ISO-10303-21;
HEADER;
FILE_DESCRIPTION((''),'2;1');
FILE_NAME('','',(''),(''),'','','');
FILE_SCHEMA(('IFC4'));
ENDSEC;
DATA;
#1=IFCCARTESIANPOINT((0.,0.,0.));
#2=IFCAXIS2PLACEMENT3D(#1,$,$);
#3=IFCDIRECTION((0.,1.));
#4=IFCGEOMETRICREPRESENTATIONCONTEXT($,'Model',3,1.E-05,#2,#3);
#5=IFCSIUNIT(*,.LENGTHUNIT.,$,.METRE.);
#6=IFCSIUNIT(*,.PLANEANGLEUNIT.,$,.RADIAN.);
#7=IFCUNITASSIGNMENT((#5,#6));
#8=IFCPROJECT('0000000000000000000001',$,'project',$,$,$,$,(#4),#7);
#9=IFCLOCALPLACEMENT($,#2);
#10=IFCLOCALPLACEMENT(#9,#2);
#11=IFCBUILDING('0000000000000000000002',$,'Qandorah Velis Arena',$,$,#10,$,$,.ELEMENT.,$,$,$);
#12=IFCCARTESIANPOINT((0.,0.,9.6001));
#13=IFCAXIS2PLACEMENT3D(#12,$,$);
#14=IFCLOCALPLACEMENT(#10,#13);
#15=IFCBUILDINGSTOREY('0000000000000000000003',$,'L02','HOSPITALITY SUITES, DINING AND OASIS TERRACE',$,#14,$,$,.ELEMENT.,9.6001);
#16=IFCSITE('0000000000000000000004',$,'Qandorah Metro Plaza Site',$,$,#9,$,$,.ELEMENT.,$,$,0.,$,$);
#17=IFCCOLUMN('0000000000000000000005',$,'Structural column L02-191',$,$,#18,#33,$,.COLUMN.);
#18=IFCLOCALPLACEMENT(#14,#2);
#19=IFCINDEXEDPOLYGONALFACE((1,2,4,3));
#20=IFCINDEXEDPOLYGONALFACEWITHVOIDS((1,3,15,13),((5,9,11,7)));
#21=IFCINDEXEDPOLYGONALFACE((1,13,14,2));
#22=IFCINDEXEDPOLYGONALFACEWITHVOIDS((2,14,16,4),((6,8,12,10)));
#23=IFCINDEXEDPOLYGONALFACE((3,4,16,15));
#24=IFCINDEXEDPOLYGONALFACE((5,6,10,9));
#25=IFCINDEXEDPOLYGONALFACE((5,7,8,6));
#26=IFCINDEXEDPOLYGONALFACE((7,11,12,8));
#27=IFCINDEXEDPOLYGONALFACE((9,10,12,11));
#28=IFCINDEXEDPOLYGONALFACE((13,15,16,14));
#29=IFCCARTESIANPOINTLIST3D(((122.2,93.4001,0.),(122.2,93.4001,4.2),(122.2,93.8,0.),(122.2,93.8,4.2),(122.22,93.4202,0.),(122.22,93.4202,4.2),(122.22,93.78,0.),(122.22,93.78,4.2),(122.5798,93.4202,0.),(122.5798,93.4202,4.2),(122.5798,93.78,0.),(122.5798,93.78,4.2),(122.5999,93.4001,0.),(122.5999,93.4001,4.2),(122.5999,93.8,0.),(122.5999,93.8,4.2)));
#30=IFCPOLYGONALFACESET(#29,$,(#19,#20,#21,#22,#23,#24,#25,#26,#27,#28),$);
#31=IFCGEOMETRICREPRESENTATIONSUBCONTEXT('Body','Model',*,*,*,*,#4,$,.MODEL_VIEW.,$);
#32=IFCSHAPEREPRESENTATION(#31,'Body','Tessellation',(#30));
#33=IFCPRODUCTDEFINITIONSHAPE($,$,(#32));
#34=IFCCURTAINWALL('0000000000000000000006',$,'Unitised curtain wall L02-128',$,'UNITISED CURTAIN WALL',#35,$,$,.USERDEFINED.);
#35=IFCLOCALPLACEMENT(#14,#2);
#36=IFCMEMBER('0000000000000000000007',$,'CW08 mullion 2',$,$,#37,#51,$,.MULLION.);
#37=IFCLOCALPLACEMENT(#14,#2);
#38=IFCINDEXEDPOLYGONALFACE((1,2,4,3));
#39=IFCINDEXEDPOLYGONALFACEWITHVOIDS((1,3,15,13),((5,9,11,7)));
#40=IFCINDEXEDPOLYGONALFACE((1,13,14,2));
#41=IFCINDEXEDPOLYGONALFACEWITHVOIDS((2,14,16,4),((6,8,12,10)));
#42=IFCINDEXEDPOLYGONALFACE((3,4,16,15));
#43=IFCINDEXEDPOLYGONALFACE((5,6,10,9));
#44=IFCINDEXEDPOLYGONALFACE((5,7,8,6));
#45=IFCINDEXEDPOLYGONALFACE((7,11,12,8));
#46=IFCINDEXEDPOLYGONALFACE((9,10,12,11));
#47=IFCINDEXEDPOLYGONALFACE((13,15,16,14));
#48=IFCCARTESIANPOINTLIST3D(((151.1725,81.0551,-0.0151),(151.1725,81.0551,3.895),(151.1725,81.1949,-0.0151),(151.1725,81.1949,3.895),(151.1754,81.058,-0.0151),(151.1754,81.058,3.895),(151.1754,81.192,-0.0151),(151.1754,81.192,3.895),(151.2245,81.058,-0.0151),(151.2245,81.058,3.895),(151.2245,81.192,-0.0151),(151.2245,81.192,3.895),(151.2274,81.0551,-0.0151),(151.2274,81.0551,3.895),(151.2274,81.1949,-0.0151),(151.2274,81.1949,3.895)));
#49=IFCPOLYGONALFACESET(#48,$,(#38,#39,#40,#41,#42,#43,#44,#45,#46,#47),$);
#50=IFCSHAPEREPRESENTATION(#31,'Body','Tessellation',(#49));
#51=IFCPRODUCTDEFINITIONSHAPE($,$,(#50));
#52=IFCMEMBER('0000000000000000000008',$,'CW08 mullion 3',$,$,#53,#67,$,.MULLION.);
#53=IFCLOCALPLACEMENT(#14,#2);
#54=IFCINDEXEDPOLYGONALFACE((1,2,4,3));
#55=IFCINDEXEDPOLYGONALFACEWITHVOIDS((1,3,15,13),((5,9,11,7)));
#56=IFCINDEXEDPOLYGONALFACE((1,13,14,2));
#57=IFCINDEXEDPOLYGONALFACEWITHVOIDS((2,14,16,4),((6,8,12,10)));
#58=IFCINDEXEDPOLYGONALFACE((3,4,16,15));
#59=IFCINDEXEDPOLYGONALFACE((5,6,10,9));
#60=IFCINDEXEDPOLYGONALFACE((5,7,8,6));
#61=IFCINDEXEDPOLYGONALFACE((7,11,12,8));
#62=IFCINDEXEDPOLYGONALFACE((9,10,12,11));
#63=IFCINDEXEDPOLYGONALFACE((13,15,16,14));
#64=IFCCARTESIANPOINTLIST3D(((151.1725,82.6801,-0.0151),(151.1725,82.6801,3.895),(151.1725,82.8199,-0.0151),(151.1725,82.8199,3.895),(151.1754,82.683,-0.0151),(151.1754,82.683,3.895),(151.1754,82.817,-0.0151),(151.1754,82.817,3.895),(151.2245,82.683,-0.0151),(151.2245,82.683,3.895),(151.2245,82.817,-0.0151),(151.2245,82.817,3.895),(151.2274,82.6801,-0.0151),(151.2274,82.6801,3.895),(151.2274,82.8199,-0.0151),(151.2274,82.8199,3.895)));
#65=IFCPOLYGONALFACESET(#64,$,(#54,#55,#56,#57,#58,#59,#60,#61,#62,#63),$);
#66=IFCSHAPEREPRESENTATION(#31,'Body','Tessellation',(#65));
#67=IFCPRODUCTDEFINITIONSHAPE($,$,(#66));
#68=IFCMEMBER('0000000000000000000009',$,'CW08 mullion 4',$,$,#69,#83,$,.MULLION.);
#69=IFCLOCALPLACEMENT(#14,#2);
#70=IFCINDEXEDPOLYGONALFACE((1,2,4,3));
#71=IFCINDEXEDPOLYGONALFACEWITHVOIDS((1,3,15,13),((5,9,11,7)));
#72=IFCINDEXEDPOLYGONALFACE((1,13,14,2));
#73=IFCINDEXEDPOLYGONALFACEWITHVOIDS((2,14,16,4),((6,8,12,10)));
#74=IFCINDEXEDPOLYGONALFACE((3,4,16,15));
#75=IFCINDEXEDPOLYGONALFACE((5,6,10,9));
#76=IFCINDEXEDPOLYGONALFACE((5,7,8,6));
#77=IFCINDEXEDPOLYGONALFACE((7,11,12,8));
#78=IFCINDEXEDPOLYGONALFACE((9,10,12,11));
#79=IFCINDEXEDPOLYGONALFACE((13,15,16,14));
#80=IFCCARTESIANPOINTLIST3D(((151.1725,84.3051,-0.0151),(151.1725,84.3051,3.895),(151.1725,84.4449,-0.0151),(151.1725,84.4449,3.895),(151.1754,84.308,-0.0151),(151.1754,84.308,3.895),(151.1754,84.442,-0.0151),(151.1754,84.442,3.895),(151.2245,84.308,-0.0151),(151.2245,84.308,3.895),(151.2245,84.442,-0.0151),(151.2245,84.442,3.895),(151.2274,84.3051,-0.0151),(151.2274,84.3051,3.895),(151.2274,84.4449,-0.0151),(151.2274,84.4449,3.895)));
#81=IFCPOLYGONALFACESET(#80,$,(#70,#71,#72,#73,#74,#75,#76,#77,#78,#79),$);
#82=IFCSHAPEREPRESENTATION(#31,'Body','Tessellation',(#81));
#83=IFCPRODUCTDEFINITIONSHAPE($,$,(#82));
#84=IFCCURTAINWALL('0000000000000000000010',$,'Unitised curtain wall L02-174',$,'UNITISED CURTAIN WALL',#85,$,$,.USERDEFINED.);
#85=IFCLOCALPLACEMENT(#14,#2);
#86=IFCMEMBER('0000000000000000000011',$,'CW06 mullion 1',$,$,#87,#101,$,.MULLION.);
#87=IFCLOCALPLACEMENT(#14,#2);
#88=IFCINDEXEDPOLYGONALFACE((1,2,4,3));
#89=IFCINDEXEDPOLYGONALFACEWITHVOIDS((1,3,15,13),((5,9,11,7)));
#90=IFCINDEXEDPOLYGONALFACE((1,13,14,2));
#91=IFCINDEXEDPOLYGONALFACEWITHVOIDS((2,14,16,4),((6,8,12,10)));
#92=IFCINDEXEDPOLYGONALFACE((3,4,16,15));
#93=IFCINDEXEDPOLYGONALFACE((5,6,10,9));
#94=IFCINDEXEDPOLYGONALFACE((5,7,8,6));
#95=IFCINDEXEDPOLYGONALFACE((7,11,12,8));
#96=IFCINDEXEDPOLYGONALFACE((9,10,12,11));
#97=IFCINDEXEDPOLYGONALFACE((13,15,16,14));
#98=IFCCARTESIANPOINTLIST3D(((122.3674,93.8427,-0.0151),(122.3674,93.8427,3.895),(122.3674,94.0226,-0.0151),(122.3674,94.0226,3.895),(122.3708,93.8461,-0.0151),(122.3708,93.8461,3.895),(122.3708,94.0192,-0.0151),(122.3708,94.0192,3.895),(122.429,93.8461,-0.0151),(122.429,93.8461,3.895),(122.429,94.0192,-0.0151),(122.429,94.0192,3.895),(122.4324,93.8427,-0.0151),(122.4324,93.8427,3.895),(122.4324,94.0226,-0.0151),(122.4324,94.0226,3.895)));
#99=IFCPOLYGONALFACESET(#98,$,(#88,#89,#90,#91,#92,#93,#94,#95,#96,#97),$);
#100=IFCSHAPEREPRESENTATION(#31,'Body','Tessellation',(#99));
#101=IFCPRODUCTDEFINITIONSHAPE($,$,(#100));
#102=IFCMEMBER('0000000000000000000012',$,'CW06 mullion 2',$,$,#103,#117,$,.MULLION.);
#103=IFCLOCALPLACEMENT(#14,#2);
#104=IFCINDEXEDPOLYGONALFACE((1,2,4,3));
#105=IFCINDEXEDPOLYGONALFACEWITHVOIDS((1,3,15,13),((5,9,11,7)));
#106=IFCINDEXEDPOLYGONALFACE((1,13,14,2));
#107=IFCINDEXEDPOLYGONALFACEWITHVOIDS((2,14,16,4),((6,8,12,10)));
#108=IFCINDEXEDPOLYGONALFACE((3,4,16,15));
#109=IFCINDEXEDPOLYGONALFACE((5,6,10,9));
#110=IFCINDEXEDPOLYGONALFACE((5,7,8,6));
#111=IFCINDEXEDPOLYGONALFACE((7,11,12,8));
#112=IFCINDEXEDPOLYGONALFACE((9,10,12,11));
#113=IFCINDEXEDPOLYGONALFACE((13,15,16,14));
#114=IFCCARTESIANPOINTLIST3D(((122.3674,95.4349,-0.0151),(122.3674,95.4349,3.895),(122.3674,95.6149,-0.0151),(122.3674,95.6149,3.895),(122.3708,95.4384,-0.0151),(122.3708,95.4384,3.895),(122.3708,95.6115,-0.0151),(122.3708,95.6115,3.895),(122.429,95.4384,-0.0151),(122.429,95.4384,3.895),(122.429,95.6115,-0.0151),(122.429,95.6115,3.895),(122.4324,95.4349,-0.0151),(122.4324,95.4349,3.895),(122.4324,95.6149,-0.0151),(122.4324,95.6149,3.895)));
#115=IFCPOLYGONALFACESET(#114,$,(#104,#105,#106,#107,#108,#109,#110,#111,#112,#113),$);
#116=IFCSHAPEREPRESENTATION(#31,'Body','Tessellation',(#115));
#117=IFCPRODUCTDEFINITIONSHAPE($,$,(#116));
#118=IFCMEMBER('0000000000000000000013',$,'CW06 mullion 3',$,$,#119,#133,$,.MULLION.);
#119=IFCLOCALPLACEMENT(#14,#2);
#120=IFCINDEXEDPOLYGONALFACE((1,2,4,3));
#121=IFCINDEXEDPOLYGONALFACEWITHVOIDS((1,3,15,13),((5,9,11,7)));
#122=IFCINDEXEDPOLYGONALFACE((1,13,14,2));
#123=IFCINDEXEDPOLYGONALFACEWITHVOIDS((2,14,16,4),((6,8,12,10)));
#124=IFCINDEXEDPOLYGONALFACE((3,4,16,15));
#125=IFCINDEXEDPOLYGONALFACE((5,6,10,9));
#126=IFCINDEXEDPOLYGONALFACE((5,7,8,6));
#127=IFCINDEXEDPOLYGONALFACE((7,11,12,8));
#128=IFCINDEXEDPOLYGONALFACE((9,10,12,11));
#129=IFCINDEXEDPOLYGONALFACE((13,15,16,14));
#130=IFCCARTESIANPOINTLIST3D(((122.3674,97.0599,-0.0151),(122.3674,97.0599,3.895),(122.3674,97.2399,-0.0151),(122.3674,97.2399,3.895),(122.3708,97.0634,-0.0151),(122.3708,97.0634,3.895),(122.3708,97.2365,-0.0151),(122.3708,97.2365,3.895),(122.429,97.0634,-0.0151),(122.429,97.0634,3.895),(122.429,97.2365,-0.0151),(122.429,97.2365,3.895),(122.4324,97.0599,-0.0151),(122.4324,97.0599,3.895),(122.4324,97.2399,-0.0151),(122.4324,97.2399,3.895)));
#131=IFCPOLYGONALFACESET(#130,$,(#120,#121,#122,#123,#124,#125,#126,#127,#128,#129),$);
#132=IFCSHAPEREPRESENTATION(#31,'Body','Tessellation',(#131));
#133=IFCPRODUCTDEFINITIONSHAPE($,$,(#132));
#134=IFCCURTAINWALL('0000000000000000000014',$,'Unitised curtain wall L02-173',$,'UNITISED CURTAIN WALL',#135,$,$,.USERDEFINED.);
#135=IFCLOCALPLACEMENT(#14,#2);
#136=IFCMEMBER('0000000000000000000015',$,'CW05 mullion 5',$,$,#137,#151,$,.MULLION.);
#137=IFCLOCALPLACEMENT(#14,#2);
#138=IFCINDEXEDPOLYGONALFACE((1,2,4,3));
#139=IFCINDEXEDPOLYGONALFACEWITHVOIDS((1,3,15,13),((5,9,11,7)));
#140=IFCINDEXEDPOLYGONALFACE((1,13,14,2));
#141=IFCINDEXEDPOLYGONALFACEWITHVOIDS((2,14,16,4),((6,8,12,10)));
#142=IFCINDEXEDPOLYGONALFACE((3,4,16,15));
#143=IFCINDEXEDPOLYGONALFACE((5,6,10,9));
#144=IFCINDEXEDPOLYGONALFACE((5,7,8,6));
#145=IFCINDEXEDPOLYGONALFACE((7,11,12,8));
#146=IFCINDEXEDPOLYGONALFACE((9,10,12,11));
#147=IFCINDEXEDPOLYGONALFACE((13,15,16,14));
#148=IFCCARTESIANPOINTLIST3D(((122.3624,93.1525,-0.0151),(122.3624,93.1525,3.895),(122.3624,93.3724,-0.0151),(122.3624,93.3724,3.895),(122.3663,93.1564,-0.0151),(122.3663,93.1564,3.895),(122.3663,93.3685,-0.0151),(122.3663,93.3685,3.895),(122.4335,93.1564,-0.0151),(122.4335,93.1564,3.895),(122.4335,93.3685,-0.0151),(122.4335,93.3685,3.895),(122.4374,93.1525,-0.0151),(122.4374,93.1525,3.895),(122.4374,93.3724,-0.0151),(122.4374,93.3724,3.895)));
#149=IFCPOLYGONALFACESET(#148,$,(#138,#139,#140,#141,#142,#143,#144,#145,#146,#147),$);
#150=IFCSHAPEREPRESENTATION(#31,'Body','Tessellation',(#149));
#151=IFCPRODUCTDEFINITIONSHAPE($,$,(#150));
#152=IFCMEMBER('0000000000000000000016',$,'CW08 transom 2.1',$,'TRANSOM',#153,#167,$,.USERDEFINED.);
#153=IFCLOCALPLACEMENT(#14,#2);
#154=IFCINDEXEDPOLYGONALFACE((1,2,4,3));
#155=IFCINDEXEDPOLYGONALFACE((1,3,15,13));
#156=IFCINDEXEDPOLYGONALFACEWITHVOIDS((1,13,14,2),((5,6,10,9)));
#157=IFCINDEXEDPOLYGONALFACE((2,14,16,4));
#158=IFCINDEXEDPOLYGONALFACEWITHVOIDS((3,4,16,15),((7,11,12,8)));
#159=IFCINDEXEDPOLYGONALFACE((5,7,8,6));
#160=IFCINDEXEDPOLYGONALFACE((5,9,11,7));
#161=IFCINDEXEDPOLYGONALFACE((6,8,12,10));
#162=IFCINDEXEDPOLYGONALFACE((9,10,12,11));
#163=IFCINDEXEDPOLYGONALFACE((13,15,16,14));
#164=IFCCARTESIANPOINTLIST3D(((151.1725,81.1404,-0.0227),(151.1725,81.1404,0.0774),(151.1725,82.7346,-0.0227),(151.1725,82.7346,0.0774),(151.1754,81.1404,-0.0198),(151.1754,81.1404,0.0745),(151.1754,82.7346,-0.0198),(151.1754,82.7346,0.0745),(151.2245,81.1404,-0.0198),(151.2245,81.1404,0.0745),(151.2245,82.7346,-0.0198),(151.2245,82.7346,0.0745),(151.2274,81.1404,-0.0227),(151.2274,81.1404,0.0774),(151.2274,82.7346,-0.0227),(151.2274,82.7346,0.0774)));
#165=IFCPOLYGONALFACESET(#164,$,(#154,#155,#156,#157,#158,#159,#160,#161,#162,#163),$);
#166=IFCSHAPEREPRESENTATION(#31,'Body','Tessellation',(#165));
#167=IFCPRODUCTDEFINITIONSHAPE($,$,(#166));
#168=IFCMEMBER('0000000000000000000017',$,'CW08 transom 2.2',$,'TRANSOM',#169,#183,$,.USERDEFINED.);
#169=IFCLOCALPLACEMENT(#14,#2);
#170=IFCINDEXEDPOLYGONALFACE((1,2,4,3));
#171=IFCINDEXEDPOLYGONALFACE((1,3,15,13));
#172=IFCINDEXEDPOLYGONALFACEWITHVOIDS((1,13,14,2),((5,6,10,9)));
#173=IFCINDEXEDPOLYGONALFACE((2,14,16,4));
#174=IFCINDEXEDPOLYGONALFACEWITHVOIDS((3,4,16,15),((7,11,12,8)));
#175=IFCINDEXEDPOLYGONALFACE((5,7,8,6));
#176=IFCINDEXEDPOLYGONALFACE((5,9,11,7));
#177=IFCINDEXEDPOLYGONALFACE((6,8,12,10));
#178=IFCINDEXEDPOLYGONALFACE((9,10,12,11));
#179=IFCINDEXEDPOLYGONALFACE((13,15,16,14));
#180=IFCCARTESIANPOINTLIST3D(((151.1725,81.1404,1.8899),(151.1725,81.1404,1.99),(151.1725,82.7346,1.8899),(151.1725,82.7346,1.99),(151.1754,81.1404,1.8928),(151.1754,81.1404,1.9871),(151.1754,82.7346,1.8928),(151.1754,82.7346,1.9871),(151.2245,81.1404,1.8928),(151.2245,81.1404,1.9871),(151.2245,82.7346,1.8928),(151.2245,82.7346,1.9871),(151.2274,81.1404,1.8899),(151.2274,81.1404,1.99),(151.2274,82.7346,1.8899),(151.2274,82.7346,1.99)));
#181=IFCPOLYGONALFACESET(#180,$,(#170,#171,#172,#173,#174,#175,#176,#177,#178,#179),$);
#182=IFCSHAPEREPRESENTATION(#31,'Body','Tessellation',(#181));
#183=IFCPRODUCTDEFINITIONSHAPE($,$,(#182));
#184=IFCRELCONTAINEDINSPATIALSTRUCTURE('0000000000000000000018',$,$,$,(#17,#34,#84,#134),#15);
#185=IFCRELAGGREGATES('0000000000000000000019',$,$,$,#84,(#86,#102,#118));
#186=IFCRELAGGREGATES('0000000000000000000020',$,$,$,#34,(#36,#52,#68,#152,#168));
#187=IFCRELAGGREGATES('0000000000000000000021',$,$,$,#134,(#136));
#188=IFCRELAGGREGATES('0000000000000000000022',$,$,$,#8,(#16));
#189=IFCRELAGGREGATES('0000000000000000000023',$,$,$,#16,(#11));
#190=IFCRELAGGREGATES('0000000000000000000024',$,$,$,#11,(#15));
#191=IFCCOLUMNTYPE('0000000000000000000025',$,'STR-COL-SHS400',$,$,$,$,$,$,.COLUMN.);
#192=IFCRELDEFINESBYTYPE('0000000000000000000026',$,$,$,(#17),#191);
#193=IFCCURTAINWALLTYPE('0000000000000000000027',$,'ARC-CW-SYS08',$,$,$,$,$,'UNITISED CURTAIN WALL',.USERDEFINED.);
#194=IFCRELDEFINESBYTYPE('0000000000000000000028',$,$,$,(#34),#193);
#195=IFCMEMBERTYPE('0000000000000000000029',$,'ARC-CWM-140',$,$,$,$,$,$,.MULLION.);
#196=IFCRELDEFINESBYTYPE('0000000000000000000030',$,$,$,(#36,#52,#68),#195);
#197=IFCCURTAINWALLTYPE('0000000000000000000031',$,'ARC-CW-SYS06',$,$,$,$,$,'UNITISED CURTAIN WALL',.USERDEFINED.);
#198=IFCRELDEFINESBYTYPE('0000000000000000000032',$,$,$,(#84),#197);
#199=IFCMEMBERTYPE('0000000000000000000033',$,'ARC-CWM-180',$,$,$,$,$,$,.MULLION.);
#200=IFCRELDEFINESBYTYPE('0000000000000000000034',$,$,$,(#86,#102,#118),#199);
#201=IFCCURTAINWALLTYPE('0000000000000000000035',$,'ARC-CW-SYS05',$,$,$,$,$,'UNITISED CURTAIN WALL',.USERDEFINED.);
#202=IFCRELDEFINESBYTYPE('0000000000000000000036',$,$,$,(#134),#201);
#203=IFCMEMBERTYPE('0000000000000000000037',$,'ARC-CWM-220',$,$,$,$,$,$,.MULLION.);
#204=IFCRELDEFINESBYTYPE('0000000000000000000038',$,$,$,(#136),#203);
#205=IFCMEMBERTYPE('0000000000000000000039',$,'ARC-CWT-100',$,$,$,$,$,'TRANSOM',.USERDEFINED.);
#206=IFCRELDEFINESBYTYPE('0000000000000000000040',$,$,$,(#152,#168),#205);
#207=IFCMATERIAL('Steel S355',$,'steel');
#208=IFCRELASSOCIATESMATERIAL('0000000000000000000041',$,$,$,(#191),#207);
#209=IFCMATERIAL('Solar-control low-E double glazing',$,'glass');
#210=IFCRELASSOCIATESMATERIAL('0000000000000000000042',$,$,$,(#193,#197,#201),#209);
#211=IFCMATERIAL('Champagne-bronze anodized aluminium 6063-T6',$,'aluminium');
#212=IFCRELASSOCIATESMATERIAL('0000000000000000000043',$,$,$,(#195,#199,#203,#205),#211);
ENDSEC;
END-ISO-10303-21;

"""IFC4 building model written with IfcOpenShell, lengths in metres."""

from ifc_helpers import new_model, si_unit, direction, frame, origin, origin_2d, place, context, subcontext, project, spatial, hollow_rectangle, extrude, material, material_profile, profile_set, type_object, element, aggregate, save


model = new_model("IFC4")

# Units and contexts
model_context = context("Model", 3, precision=1e-05, world=origin(), true_north=direction((0.0, 1.0)))
body_context = subcontext(model_context, "Body", "Model", "MODEL_VIEW")
ifc_project = project(units=[si_unit("LENGTHUNIT", "METRE"), si_unit("PLANEANGLEUNIT", "RADIAN")], contexts=[model_context])

# Site, building, storey
site_placement = place(None, origin())
site = spatial("IfcSite", under=ifc_project, at=site_placement, Name="Qandorah Metro Plaza Site", CompositionType="ELEMENT", RefElevation=0.0)
building_placement = place(site_placement, origin())
building = spatial("IfcBuilding", under=site, at=building_placement, Name="Qandorah Velis Arena", CompositionType="ELEMENT")
storey_placement = place(building_placement, frame((0.0, 0.0, 9.6001)))
storey = spatial("IfcBuildingStorey", under=building, at=storey_placement, Name="L02", Description="HOSPITALITY SUITES, DINING AND OASIS TERRACE", CompositionType="ELEMENT", Elevation=9.6001)

# Column
ifc_material_1 = material(Name="Steel S355", Category="steel")
ifc_material_profile_1 = material_profile(ifc_material_1, hollow_rectangle(XDim=0.3999, YDim=0.3999, WallThickness=0.02, at=origin_2d()), Name="SHS 400x400x20")
ifc_profile_set_1 = profile_set([ifc_material_profile_1], Name="Steel S355")
column_type = type_object("IfcColumnType", Name="STR-COL-SHS400", PredefinedType="COLUMN", material=ifc_profile_set_1)
column_placement = place(storey_placement, frame((122.3999, 93.6001, 0.0), z_axis=(0.0, 0.0, 1.0), x_axis=(1.0, 0.0, 0.0)))
element("IfcColumn", 1, at=column_placement, inside=storey, type_object=column_type, Name="Structural column L02-191", PredefinedType="COLUMN", context=body_context, shape_type="SweptSolid", body=[
    extrude(hollow_rectangle(XDim=0.3999, YDim=0.3999, WallThickness=0.02, at=origin_2d()), origin(), (0.0, 0.0, 1.0), 4.2),
])

# Curtain walls, members
ifc_material_2 = material(Name="Solar-control low-E double glazing", Category="glass")
curtain_wall_type_1 = type_object("IfcCurtainWallType", Name="ARC-CW-SYS08", ElementType="UNITISED CURTAIN WALL", PredefinedType="USERDEFINED", material=ifc_material_2)
curtain_wall_1_placement = place(storey_placement, origin())
curtain_wall_1 = element("IfcCurtainWall", 2, at=curtain_wall_1_placement, inside=storey, type_object=curtain_wall_type_1, Name="Unitised curtain wall L02-128", ObjectType="UNITISED CURTAIN WALL", PredefinedType="USERDEFINED")
ifc_material_3 = material(Name="Champagne-bronze anodized aluminium 6063-T6", Category="aluminium")
ifc_material_profile_2 = material_profile(ifc_material_3, hollow_rectangle(XDim=0.0549, YDim=0.1399, WallThickness=0.0029, at=origin_2d()), Name="ALU MULLION 55x140")
ifc_profile_set_2 = profile_set([ifc_material_profile_2], Name="Champagne-bronze anodized aluminium 6063-T6")
member_type_1 = type_object("IfcMemberType", Name="ARC-CWM-140", PredefinedType="MULLION", material=ifc_profile_set_2)
member_1_placement = place(storey_placement, frame((151.2, 81.125, -0.0151), z_axis=(0.0, 0.0, 1.0), x_axis=(-1.0, 0.0, 0.0)))
member_1 = element("IfcMember", 3, at=member_1_placement, type_object=member_type_1, Name="CW08 mullion 2", PredefinedType="MULLION", context=body_context, shape_type="SweptSolid", body=[
    extrude(hollow_rectangle(XDim=0.0549, YDim=0.1399, WallThickness=0.0029, at=origin_2d()), origin(), (0.0, 0.0, 1.0), 3.9102),
])
member_2_placement = place(storey_placement, frame((151.2, 82.75, -0.0151), z_axis=(0.0, 0.0, 1.0), x_axis=(-1.0, 0.0, 0.0)))
member_2 = element("IfcMember", 4, at=member_2_placement, type_object=member_type_1, Name="CW08 mullion 3", PredefinedType="MULLION", context=body_context, shape_type="SweptSolid", body=[
    extrude(hollow_rectangle(XDim=0.0549, YDim=0.1399, WallThickness=0.0029, at=origin_2d()), origin(), (0.0, 0.0, 1.0), 3.9102),
])
member_3_placement = place(storey_placement, frame((151.2, 84.375, -0.0151), z_axis=(0.0, 0.0, 1.0), x_axis=(-1.0, 0.0, 0.0)))
member_3 = element("IfcMember", 5, at=member_3_placement, type_object=member_type_1, Name="CW08 mullion 4", PredefinedType="MULLION", context=body_context, shape_type="SweptSolid", body=[
    extrude(hollow_rectangle(XDim=0.0549, YDim=0.1399, WallThickness=0.0029, at=origin_2d()), origin(), (0.0, 0.0, 1.0), 3.9102),
])
curtain_wall_type_2 = type_object("IfcCurtainWallType", Name="ARC-CW-SYS06", ElementType="UNITISED CURTAIN WALL", PredefinedType="USERDEFINED", material=ifc_material_2)
curtain_wall_2_placement = place(storey_placement, origin())
curtain_wall_2 = element("IfcCurtainWall", 6, at=curtain_wall_2_placement, inside=storey, type_object=curtain_wall_type_2, Name="Unitised curtain wall L02-174", ObjectType="UNITISED CURTAIN WALL", PredefinedType="USERDEFINED")
ifc_material_profile_3 = material_profile(ifc_material_3, hollow_rectangle(XDim=0.0649, YDim=0.1799, WallThickness=0.0034, at=origin_2d()), Name="ALU MULLION 65x180")
ifc_profile_set_3 = profile_set([ifc_material_profile_3], Name="Champagne-bronze anodized aluminium 6063-T6")
member_type_2 = type_object("IfcMemberType", Name="ARC-CWM-180", PredefinedType="MULLION", material=ifc_profile_set_3)
member_4_placement = place(storey_placement, frame((122.3999, 93.9326, -0.0151), z_axis=(0.0, 0.0, 1.0), x_axis=(-1.0, 0.0, 0.0)))
member_4 = element("IfcMember", 7, at=member_4_placement, type_object=member_type_2, Name="CW06 mullion 1", PredefinedType="MULLION", context=body_context, shape_type="SweptSolid", body=[
    extrude(hollow_rectangle(XDim=0.0649, YDim=0.1799, WallThickness=0.0034, at=origin_2d()), origin(), (0.0, 0.0, 1.0), 3.9102),
])
member_5_placement = place(storey_placement, frame((122.3999, 95.5249, -0.0151), z_axis=(0.0, 0.0, 1.0), x_axis=(-1.0, 0.0, 0.0)))
member_5 = element("IfcMember", 8, at=member_5_placement, type_object=member_type_2, Name="CW06 mullion 2", PredefinedType="MULLION", context=body_context, shape_type="SweptSolid", body=[
    extrude(hollow_rectangle(XDim=0.0649, YDim=0.1799, WallThickness=0.0034, at=origin_2d()), origin(), (0.0, 0.0, 1.0), 3.9102),
])
member_6_placement = place(storey_placement, frame((122.3999, 97.1499, -0.0151), z_axis=(0.0, 0.0, 1.0), x_axis=(-1.0, 0.0, 0.0)))
member_6 = element("IfcMember", 9, at=member_6_placement, type_object=member_type_2, Name="CW06 mullion 3", PredefinedType="MULLION", context=body_context, shape_type="SweptSolid", body=[
    extrude(hollow_rectangle(XDim=0.0649, YDim=0.1799, WallThickness=0.0034, at=origin_2d()), origin(), (0.0, 0.0, 1.0), 3.9102),
])

# Curtain wall, member
curtain_wall_type_3 = type_object("IfcCurtainWallType", Name="ARC-CW-SYS05", ElementType="UNITISED CURTAIN WALL", PredefinedType="USERDEFINED", material=ifc_material_2)
curtain_wall_3_placement = place(storey_placement, origin())
curtain_wall_3 = element("IfcCurtainWall", 10, at=curtain_wall_3_placement, inside=storey, type_object=curtain_wall_type_3, Name="Unitised curtain wall L02-173", ObjectType="UNITISED CURTAIN WALL", PredefinedType="USERDEFINED")
ifc_material_profile_4 = material_profile(ifc_material_3, hollow_rectangle(XDim=0.075, YDim=0.22, WallThickness=0.0039, at=origin_2d()), Name="ALU MULLION 75x220")
ifc_profile_set_4 = profile_set([ifc_material_profile_4], Name="Champagne-bronze anodized aluminium 6063-T6")
member_type_3 = type_object("IfcMemberType", Name="ARC-CWM-220", PredefinedType="MULLION", material=ifc_profile_set_4)
member_7_placement = place(storey_placement, frame((122.3999, 93.2625, -0.0151), z_axis=(0.0, 0.0, 1.0), x_axis=(-1.0, 0.0, 0.0)))
member_7 = element("IfcMember", 11, at=member_7_placement, type_object=member_type_3, Name="CW05 mullion 5", PredefinedType="MULLION", context=body_context, shape_type="SweptSolid", body=[
    extrude(hollow_rectangle(XDim=0.075, YDim=0.22, WallThickness=0.0039, at=origin_2d()), origin(), (0.0, 0.0, 1.0), 3.9102),
])

# Members
ifc_material_profile_5 = material_profile(ifc_material_3, hollow_rectangle(XDim=0.0549, YDim=0.1001, WallThickness=0.0029, at=origin_2d()), Name="ALU TRANSOM 55x100")
ifc_profile_set_5 = profile_set([ifc_material_profile_5], Name="Champagne-bronze anodized aluminium 6063-T6")
member_type_4 = type_object("IfcMemberType", Name="ARC-CWT-100", ElementType="TRANSOM", PredefinedType="USERDEFINED", material=ifc_profile_set_5)
member_8_placement = place(storey_placement, frame((151.2, 81.1404, 0.0273), z_axis=(0.0, 1.0, 0.0), x_axis=(-1.0, 0.0, 0.0)))
member_8 = element("IfcMember", 12, at=member_8_placement, type_object=member_type_4, Name="CW08 transom 2.1", ObjectType="TRANSOM", PredefinedType="USERDEFINED", context=body_context, shape_type="SweptSolid", body=[
    extrude(hollow_rectangle(XDim=0.0549, YDim=0.1001, WallThickness=0.0029, at=origin_2d()), origin(), (0.0, 0.0, 1.0), 1.5942),
])
member_9_placement = place(storey_placement, frame((151.2, 81.1404, 1.9399), z_axis=(0.0, 1.0, 0.0), x_axis=(-1.0, 0.0, 0.0)))
member_9 = element("IfcMember", 13, at=member_9_placement, type_object=member_type_4, Name="CW08 transom 2.2", ObjectType="TRANSOM", PredefinedType="USERDEFINED", context=body_context, shape_type="SweptSolid", body=[
    extrude(hollow_rectangle(XDim=0.0549, YDim=0.1001, WallThickness=0.0029, at=origin_2d()), origin(), (0.0, 0.0, 1.0), 1.5942),
])

aggregate(curtain_wall_2, [member_4, member_5, member_6])
aggregate(curtain_wall_1, [member_1, member_2, member_3, member_8, member_9])
aggregate(curtain_wall_3, [member_7])

save(model, "model.ifc")
